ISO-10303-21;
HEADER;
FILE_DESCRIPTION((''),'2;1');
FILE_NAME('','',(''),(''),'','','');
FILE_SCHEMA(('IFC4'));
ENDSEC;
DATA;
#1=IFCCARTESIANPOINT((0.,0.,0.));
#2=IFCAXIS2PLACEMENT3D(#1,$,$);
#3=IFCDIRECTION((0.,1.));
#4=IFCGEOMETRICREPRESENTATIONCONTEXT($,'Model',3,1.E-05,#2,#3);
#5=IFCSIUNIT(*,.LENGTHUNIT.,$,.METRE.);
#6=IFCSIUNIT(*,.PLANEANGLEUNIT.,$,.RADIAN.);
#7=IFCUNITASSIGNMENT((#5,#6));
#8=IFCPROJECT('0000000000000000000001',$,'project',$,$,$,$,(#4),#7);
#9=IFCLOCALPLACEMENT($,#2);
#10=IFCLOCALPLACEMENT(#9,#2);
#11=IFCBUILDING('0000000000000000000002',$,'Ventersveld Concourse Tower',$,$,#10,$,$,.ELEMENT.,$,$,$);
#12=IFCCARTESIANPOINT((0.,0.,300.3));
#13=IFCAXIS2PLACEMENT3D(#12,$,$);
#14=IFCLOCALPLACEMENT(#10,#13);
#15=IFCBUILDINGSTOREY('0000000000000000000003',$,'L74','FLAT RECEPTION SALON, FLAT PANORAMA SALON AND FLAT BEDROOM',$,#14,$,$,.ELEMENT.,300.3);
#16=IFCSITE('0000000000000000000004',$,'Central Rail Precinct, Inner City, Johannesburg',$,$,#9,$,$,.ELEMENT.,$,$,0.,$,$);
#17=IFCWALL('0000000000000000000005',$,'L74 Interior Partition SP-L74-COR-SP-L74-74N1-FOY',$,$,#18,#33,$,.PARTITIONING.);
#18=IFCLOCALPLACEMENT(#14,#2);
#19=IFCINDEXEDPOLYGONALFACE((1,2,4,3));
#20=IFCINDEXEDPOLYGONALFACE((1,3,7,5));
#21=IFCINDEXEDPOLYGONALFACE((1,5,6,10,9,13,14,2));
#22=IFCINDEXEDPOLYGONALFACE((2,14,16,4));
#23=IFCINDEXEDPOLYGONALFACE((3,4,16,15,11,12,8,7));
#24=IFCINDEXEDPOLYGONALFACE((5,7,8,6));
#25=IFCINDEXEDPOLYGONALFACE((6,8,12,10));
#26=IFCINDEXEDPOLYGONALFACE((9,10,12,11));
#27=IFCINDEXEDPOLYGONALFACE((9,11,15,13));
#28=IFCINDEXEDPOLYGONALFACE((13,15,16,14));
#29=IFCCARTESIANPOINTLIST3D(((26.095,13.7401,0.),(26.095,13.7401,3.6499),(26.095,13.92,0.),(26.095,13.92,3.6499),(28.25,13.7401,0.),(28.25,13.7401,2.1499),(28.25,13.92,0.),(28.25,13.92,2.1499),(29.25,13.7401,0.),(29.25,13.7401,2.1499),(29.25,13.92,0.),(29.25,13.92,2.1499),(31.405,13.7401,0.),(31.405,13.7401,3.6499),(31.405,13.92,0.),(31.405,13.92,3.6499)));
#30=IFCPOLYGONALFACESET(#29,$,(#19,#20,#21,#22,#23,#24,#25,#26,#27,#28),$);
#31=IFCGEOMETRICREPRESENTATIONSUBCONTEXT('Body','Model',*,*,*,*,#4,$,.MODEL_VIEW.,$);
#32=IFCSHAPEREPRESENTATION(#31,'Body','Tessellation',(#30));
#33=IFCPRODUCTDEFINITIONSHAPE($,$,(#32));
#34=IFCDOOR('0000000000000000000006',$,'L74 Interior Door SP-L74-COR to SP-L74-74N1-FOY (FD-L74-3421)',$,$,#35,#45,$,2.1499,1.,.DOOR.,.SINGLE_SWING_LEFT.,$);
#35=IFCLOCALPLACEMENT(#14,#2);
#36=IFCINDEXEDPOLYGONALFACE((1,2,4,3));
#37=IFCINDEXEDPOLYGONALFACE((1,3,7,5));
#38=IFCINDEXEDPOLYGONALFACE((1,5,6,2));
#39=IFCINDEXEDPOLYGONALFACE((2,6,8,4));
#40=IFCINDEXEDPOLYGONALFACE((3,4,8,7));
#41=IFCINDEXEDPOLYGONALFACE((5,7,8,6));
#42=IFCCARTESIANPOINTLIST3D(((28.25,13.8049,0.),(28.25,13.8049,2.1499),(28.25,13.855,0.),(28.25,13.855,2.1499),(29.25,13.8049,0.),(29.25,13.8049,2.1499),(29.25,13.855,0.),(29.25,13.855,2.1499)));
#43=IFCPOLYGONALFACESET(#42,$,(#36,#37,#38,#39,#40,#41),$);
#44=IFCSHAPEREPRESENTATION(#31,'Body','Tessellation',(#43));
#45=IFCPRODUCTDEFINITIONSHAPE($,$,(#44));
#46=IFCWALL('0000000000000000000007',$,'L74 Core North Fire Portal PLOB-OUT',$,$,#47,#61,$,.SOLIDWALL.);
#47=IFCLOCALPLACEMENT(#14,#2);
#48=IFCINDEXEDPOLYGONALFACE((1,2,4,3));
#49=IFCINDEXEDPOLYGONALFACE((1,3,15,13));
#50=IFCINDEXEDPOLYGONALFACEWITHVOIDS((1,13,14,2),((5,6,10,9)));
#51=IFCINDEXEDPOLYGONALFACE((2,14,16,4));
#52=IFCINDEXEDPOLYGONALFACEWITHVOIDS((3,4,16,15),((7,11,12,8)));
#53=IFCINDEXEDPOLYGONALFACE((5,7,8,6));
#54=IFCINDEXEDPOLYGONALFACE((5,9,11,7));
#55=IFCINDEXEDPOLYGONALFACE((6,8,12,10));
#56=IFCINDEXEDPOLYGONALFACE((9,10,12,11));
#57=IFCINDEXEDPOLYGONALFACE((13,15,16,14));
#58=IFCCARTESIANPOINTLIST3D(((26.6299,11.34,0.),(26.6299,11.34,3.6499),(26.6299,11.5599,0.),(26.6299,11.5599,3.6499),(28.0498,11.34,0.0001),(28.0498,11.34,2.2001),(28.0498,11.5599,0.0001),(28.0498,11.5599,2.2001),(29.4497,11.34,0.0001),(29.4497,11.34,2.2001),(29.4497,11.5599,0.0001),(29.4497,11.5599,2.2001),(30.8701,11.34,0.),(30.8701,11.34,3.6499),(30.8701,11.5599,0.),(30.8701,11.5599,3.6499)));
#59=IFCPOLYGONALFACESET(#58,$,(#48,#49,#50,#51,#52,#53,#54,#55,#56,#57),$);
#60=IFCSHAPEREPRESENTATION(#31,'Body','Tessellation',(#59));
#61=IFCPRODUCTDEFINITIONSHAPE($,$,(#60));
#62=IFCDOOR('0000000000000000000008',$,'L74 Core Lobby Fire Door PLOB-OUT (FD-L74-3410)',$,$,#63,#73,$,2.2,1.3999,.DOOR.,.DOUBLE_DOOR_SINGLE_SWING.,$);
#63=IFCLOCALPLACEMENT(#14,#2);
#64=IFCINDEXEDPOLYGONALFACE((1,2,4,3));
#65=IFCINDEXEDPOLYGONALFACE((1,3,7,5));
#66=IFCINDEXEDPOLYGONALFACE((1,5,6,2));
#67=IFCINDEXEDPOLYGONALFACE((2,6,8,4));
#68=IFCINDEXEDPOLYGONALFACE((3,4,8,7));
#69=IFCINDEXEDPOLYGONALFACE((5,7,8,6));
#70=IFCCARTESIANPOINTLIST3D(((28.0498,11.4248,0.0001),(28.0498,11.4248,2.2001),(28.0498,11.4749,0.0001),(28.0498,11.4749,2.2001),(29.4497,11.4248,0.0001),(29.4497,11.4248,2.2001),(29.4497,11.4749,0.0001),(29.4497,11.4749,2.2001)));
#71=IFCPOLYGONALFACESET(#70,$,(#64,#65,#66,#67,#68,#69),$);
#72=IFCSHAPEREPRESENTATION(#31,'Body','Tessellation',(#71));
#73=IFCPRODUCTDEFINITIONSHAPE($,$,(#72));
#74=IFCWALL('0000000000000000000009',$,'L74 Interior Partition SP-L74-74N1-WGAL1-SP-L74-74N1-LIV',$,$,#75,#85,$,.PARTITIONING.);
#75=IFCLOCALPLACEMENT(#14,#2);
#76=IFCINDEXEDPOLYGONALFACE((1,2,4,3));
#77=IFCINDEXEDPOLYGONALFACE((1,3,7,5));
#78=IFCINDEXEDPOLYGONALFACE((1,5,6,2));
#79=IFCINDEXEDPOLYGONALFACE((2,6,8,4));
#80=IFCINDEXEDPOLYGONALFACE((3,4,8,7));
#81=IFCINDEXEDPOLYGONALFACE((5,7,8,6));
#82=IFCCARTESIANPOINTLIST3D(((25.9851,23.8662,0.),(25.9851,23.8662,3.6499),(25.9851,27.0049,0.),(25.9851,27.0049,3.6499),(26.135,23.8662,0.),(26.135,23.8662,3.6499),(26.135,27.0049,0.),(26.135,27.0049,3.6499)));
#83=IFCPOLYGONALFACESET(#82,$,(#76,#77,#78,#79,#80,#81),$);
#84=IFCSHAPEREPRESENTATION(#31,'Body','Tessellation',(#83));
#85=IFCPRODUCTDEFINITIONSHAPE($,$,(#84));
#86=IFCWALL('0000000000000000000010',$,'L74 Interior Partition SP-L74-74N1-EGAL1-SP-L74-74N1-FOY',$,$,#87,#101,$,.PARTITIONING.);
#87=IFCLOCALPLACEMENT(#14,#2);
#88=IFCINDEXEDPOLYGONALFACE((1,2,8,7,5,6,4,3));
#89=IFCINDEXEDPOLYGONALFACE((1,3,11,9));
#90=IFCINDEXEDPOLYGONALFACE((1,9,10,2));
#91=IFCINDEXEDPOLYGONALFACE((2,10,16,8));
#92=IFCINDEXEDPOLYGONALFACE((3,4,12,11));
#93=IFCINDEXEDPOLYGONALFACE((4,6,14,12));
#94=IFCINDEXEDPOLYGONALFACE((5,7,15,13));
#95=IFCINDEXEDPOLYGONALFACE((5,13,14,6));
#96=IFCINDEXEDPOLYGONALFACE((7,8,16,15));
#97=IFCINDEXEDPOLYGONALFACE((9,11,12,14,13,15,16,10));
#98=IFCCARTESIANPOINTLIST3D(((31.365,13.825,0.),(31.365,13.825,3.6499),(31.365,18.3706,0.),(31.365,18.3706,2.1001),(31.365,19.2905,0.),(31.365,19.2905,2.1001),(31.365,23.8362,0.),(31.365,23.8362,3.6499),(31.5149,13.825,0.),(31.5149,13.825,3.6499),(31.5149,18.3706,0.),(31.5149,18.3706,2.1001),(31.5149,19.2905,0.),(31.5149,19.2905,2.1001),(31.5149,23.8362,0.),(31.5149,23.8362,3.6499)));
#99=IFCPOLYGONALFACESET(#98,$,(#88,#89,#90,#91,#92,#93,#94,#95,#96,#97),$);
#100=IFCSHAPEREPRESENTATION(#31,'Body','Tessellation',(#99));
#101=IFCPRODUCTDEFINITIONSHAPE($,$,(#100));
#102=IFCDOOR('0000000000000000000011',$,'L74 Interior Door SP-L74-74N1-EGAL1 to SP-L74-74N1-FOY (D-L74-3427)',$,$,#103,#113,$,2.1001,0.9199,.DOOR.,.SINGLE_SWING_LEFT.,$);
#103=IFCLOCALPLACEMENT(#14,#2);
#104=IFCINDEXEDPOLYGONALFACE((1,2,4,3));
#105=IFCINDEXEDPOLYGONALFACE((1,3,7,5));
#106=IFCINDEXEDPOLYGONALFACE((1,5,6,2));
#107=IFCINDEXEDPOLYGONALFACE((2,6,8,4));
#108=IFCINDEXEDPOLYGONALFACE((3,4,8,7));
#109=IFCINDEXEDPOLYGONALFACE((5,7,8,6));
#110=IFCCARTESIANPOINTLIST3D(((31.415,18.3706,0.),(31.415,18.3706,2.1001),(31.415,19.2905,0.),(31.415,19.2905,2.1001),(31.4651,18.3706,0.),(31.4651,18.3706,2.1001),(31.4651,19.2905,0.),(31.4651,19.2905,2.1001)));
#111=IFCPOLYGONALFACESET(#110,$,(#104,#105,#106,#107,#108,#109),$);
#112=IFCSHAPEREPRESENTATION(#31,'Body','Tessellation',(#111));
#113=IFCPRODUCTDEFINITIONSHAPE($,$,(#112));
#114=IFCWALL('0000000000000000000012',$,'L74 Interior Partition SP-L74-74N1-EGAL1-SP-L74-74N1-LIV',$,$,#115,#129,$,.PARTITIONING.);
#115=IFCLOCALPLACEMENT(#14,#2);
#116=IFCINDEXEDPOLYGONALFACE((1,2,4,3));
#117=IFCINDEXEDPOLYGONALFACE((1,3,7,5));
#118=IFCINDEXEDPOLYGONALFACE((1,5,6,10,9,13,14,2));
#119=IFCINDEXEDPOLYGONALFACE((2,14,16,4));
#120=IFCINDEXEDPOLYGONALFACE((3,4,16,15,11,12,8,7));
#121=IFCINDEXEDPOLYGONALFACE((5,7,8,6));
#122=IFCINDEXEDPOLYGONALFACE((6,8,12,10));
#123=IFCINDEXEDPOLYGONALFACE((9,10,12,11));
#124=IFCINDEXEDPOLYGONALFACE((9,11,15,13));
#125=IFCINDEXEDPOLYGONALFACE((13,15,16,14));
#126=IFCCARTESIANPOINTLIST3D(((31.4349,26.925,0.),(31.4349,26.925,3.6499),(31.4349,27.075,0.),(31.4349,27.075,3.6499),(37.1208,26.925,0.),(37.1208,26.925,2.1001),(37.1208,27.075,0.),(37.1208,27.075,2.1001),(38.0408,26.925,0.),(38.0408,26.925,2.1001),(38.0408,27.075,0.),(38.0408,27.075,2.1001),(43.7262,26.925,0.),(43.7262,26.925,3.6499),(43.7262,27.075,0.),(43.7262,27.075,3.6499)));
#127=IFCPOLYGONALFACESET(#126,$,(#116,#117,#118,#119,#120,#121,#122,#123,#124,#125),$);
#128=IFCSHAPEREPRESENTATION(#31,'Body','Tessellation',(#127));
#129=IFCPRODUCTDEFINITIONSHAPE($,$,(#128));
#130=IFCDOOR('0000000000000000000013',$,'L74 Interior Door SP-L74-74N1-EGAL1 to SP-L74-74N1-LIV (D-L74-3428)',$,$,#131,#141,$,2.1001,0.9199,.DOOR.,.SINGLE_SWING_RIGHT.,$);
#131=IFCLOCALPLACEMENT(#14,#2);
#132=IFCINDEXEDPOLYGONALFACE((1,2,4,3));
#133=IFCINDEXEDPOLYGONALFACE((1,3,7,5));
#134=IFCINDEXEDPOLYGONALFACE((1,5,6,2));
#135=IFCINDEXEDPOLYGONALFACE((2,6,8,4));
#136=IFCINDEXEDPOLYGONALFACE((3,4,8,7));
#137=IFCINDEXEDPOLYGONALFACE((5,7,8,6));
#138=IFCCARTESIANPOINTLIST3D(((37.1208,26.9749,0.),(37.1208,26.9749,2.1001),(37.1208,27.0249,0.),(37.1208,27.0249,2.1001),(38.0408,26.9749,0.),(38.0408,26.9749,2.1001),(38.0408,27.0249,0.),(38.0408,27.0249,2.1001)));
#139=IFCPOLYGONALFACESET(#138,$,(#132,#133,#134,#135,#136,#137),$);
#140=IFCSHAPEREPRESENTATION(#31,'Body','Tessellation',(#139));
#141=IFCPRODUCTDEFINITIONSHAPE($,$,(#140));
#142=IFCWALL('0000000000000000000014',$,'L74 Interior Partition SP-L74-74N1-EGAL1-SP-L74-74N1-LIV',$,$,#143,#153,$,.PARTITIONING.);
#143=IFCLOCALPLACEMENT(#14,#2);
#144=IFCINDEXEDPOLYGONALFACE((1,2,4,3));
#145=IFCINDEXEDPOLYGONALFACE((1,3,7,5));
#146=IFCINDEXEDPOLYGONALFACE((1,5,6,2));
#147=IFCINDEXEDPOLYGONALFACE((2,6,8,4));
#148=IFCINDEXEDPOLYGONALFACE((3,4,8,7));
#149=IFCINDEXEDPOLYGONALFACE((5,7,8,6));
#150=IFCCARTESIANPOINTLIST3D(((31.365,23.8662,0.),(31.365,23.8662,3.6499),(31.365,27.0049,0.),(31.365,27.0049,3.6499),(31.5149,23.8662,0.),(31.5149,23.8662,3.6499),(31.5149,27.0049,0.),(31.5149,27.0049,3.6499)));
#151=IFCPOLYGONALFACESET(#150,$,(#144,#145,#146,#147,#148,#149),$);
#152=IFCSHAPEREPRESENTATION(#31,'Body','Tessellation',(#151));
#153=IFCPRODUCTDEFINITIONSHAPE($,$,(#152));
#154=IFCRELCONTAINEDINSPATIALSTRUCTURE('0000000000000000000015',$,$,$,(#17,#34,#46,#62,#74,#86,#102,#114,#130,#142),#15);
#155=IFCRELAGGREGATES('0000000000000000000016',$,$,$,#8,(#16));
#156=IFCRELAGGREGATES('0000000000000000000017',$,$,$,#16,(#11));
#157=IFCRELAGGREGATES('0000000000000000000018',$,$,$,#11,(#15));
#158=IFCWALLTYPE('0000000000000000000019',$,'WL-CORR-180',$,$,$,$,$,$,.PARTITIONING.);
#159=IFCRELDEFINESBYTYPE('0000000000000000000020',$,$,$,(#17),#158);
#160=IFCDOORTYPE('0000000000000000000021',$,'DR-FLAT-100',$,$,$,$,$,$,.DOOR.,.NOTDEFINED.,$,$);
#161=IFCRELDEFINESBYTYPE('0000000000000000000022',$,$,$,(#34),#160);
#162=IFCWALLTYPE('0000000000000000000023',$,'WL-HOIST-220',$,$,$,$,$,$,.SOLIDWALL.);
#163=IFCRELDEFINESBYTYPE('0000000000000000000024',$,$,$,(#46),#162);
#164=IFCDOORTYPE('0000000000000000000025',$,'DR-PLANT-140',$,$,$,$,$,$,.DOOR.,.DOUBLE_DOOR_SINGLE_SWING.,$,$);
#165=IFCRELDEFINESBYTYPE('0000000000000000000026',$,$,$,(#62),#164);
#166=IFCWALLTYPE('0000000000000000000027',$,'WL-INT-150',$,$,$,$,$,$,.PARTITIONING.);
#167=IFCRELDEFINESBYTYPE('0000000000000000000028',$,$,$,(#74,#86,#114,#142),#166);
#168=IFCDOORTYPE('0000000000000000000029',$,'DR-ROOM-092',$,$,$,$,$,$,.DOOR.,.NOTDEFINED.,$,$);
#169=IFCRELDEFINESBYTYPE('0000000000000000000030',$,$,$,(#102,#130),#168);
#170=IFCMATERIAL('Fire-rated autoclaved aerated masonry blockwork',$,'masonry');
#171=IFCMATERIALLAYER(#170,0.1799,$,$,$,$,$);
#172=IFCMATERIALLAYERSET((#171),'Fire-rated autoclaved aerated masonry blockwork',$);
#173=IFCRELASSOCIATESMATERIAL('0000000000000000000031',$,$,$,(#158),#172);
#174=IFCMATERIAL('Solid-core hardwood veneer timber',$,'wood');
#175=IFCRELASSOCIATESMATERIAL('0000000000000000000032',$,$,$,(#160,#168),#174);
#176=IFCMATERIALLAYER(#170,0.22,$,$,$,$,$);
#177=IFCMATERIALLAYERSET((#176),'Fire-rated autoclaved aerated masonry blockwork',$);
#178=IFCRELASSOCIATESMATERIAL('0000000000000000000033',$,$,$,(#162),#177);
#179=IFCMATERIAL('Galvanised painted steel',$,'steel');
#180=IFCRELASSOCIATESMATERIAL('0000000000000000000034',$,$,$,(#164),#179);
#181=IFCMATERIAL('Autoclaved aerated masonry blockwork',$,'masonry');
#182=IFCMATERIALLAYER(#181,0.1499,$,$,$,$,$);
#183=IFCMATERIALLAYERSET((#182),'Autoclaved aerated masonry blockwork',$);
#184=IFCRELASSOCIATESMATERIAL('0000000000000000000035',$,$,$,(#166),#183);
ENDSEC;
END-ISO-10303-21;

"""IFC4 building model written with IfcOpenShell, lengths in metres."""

from ifc_helpers import new_model, si_unit, direction, frame, frame_2d, origin, place, context, subcontext, project, spatial, rectangle, extrude, material, layer, layer_set, type_object, element, fill, save


model = new_model("IFC4")

# Units and contexts
model_context = context("Model", 3, precision=1e-05, world=origin(), true_north=direction((0.0, 1.0)))
body_context = subcontext(model_context, "Body", "Model", "MODEL_VIEW")
ifc_project = project(units=[si_unit("LENGTHUNIT", "METRE"), si_unit("PLANEANGLEUNIT", "RADIAN")], contexts=[model_context])

# Site, building, storey
site_placement = place(None, origin())
site = spatial("IfcSite", under=ifc_project, at=site_placement, Name="Central Rail Precinct, Inner City, Johannesburg", CompositionType="ELEMENT", RefElevation=0.0)
building_placement = place(site_placement, origin())
building = spatial("IfcBuilding", under=site, at=building_placement, Name="Ventersveld Concourse Tower", CompositionType="ELEMENT")
storey_placement = place(building_placement, frame((0.0, 0.0, 300.3)))
storey = spatial("IfcBuildingStorey", under=building, at=storey_placement, Name="L74", Description="FLAT RECEPTION SALON, FLAT PANORAMA SALON AND FLAT BEDROOM", CompositionType="ELEMENT", Elevation=300.3)

# Walls, openings, doors
ifc_material_1 = material(Name="Fire-rated autoclaved aerated masonry blockwork", Category="masonry")
ifc_layer_1 = layer(ifc_material_1, 0.1799)
ifc_layer_set_1 = layer_set([ifc_layer_1], Name="Fire-rated autoclaved aerated masonry blockwork")
wall_type_1 = type_object("IfcWallType", Name="WL-CORR-180", PredefinedType="PARTITIONING", material=ifc_layer_set_1)
ifc_material_2 = material(Name="Solid-core hardwood veneer timber", Category="wood")
door_type_1 = type_object("IfcDoorType", Name="DR-FLAT-100", OperationType="NOTDEFINED", PredefinedType="DOOR", material=ifc_material_2)
wall_1_placement = place(storey_placement, frame((26.095, 13.8301, 0.0), z_axis=(0.0, 0.0, 1.0), x_axis=(1.0, 0.0, 0.0)))
wall_1 = element("IfcWall", 1, at=wall_1_placement, inside=storey, type_object=wall_type_1, Name="L74 Interior Partition SP-L74-COR-SP-L74-74N1-FOY", PredefinedType="PARTITIONING", context=body_context, shape_type="SweptSolid", body=[
    extrude(rectangle(XDim=5.3101, YDim=0.1799, at=frame_2d((2.655, 0.0))), origin(), (0.0, 0.0, 1.0), 3.6499),
])
opening_1_placement = place(wall_1_placement, frame((2.155, 0.0, 0.0)))
opening_1 = element("IfcOpeningElement", 2, at=opening_1_placement, cuts=wall_1, PredefinedType="OPENING", context=body_context, shape_type="SweptSolid", body=[
    extrude(rectangle(XDim=1.0, YDim=2.1499, at=frame_2d((0.5, 1.075))), frame((0.0, 0.1001, 0.0), z_axis=(0.0, -1.0, 0.0), x_axis=(1.0, 0.0, 0.0)), (0.0, 0.0, 1.0), 0.2),
])
door_1_placement = place(opening_1_placement, origin())
door_1 = element("IfcDoor", 3, at=door_1_placement, inside=storey, type_object=door_type_1, Name="L74 Interior Door SP-L74-COR to SP-L74-74N1-FOY (FD-L74-3421)", OperationType="SINGLE_SWING_LEFT", OverallHeight=2.1499, OverallWidth=1.0, PredefinedType="DOOR", context=body_context, shape_type="SweptSolid", body=[
    extrude(rectangle(XDim=1.0, YDim=2.1499, at=frame_2d((0.5, 1.075))), frame((0.0, 0.0249, 0.0), z_axis=(0.0, -1.0, 0.0), x_axis=(1.0, 0.0, 0.0)), (0.0, 0.0, 1.0), 0.05),
])
fill(opening_1, door_1)
ifc_layer_2 = layer(ifc_material_1, 0.22)
ifc_layer_set_2 = layer_set([ifc_layer_2], Name="Fire-rated autoclaved aerated masonry blockwork")
wall_type_2 = type_object("IfcWallType", Name="WL-HOIST-220", PredefinedType="SOLIDWALL", material=ifc_layer_set_2)
wall_2_placement = place(storey_placement, frame((26.6299, 11.45, 0.0), z_axis=(0.0, 0.0, 1.0), x_axis=(1.0, 0.0, 0.0)))
wall_2 = element("IfcWall", 4, at=wall_2_placement, inside=storey, type_object=wall_type_2, Name="L74 Core North Fire Portal PLOB-OUT", PredefinedType="SOLIDWALL", context=body_context, shape_type="SweptSolid", body=[
    extrude(rectangle(XDim=4.2402, YDim=0.22, at=frame_2d((2.1201, 0.0))), origin(), (0.0, 0.0, 1.0), 3.6499),
])
opening_2_placement = place(wall_2_placement, frame((1.4199, 0.0, 0.0)))
opening_2 = element("IfcOpeningElement", 5, at=opening_2_placement, cuts=wall_2, PredefinedType="OPENING", context=body_context, shape_type="SweptSolid", body=[
    extrude(rectangle(XDim=1.3999, YDim=2.2, at=frame_2d((0.7, 1.1001))), frame((0.0, 0.1201, 0.0), z_axis=(0.0, -1.0, 0.0), x_axis=(1.0, 0.0, 0.0)), (0.0, 0.0, 1.0), 0.24),
])
ifc_material_3 = material(Name="Galvanised painted steel", Category="steel")
door_type_2 = type_object("IfcDoorType", Name="DR-PLANT-140", OperationType="DOUBLE_DOOR_SINGLE_SWING", PredefinedType="DOOR", material=ifc_material_3)
door_2_placement = place(opening_2_placement, origin())
door_2 = element("IfcDoor", 6, at=door_2_placement, inside=storey, type_object=door_type_2, Name="L74 Core Lobby Fire Door PLOB-OUT (FD-L74-3410)", OperationType="DOUBLE_DOOR_SINGLE_SWING", OverallHeight=2.2, OverallWidth=1.3999, PredefinedType="DOOR", context=body_context, shape_type="SweptSolid", body=[
    extrude(rectangle(XDim=1.3999, YDim=2.2, at=frame_2d((0.7, 1.1001))), frame((0.0, 0.0249, 0.0), z_axis=(0.0, -1.0, 0.0), x_axis=(1.0, 0.0, 0.0)), (0.0, 0.0, 1.0), 0.05),
])
fill(opening_2, door_2)

# Wall
ifc_material_4 = material(Name="Autoclaved aerated masonry blockwork", Category="masonry")
ifc_layer_3 = layer(ifc_material_4, 0.1499)
ifc_layer_set_3 = layer_set([ifc_layer_3], Name="Autoclaved aerated masonry blockwork")
wall_type_3 = type_object("IfcWallType", Name="WL-INT-150", PredefinedType="PARTITIONING", material=ifc_layer_set_3)
wall_3_placement = place(storey_placement, frame((26.0601, 23.8662, 0.0), z_axis=(0.0, 0.0, 1.0), x_axis=(0.0, 1.0, 0.0)))
element("IfcWall", 7, at=wall_3_placement, inside=storey, type_object=wall_type_3, Name="L74 Interior Partition SP-L74-74N1-WGAL1-SP-L74-74N1-LIV", PredefinedType="PARTITIONING", context=body_context, shape_type="SweptSolid", body=[
    extrude(rectangle(XDim=3.1387, YDim=0.1499, at=frame_2d((1.5693, 0.0))), origin(), (0.0, 0.0, 1.0), 3.6499),
])

# Walls, openings, doors
wall_4_placement = place(storey_placement, frame((31.4399, 13.825, 0.0), z_axis=(0.0, 0.0, 1.0), x_axis=(0.0, 1.0, 0.0)))
wall_4 = element("IfcWall", 8, at=wall_4_placement, inside=storey, type_object=wall_type_3, Name="L74 Interior Partition SP-L74-74N1-EGAL1-SP-L74-74N1-FOY", PredefinedType="PARTITIONING", context=body_context, shape_type="SweptSolid", body=[
    extrude(rectangle(XDim=10.0112, YDim=0.1499, at=frame_2d((5.0056, 0.0))), origin(), (0.0, 0.0, 1.0), 3.6499),
])
opening_3_placement = place(wall_4_placement, frame((4.5457, 0.0, 0.0)))
opening_3 = element("IfcOpeningElement", 9, at=opening_3_placement, cuts=wall_4, PredefinedType="OPENING", context=body_context, shape_type="SweptSolid", body=[
    extrude(rectangle(XDim=0.9199, YDim=2.1001, at=frame_2d((0.46, 1.05))), frame((0.0, 0.085, 0.0), z_axis=(0.0, -1.0, 0.0), x_axis=(1.0, 0.0, 0.0)), (0.0, 0.0, 1.0), 0.1699),
])
door_type_3 = type_object("IfcDoorType", Name="DR-ROOM-092", OperationType="NOTDEFINED", PredefinedType="DOOR", material=ifc_material_2)
door_3_placement = place(opening_3_placement, origin())
door_3 = element("IfcDoor", 10, at=door_3_placement, inside=storey, type_object=door_type_3, Name="L74 Interior Door SP-L74-74N1-EGAL1 to SP-L74-74N1-FOY (D-L74-3427)", OperationType="SINGLE_SWING_LEFT", OverallHeight=2.1001, OverallWidth=0.9199, PredefinedType="DOOR", context=body_context, shape_type="SweptSolid", body=[
    extrude(rectangle(XDim=0.9199, YDim=2.1001, at=frame_2d((0.46, 1.05))), frame((0.0, 0.0249, 0.0), z_axis=(0.0, -1.0, 0.0), x_axis=(1.0, 0.0, 0.0)), (0.0, 0.0, 1.0), 0.05),
])
fill(opening_3, door_3)
wall_5_placement = place(storey_placement, frame((31.4351, 27.0, 0.0), z_axis=(0.0, 0.0, 1.0), x_axis=(1.0, 0.0, 0.0)))
wall_5 = element("IfcWall", 11, at=wall_5_placement, inside=storey, type_object=wall_type_3, Name="L74 Interior Partition SP-L74-74N1-EGAL1-SP-L74-74N1-LIV", PredefinedType="PARTITIONING", context=body_context, shape_type="SweptSolid", body=[
    extrude(rectangle(XDim=12.2913, YDim=0.1499, at=frame_2d((6.1455, 0.0))), origin(), (0.0, 0.0, 1.0), 3.6499),
])
opening_4_placement = place(wall_5_placement, frame((5.6858, 0.0, 0.0)))
opening_4 = element("IfcOpeningElement", 12, at=opening_4_placement, cuts=wall_5, PredefinedType="OPENING", context=body_context, shape_type="SweptSolid", body=[
    extrude(rectangle(XDim=0.9199, YDim=2.1001, at=frame_2d((0.46, 1.05))), frame((0.0, 0.085, 0.0), z_axis=(0.0, -1.0, 0.0), x_axis=(1.0, 0.0, 0.0)), (0.0, 0.0, 1.0), 0.1699),
])
door_4_placement = place(opening_4_placement, origin())
door_4 = element("IfcDoor", 13, at=door_4_placement, inside=storey, type_object=door_type_3, Name="L74 Interior Door SP-L74-74N1-EGAL1 to SP-L74-74N1-LIV (D-L74-3428)", OperationType="SINGLE_SWING_RIGHT", OverallHeight=2.1001, OverallWidth=0.9199, PredefinedType="DOOR", context=body_context, shape_type="SweptSolid", body=[
    extrude(rectangle(XDim=0.9199, YDim=2.1001, at=frame_2d((0.46, 1.05))), frame((0.0, 0.0249, 0.0), z_axis=(0.0, -1.0, 0.0), x_axis=(1.0, 0.0, 0.0)), (0.0, 0.0, 1.0), 0.05),
])
fill(opening_4, door_4)

# Wall
wall_6_placement = place(storey_placement, frame((31.4399, 23.8662, 0.0), z_axis=(0.0, 0.0, 1.0), x_axis=(0.0, 1.0, 0.0)))
element("IfcWall", 14, at=wall_6_placement, inside=storey, type_object=wall_type_3, Name="L74 Interior Partition SP-L74-74N1-EGAL1-SP-L74-74N1-LIV", PredefinedType="PARTITIONING", context=body_context, shape_type="SweptSolid", body=[
    extrude(rectangle(XDim=3.1387, YDim=0.1499, at=frame_2d((1.5693, 0.0))), origin(), (0.0, 0.0, 1.0), 3.6499),
])

save(model, "model.ifc")
